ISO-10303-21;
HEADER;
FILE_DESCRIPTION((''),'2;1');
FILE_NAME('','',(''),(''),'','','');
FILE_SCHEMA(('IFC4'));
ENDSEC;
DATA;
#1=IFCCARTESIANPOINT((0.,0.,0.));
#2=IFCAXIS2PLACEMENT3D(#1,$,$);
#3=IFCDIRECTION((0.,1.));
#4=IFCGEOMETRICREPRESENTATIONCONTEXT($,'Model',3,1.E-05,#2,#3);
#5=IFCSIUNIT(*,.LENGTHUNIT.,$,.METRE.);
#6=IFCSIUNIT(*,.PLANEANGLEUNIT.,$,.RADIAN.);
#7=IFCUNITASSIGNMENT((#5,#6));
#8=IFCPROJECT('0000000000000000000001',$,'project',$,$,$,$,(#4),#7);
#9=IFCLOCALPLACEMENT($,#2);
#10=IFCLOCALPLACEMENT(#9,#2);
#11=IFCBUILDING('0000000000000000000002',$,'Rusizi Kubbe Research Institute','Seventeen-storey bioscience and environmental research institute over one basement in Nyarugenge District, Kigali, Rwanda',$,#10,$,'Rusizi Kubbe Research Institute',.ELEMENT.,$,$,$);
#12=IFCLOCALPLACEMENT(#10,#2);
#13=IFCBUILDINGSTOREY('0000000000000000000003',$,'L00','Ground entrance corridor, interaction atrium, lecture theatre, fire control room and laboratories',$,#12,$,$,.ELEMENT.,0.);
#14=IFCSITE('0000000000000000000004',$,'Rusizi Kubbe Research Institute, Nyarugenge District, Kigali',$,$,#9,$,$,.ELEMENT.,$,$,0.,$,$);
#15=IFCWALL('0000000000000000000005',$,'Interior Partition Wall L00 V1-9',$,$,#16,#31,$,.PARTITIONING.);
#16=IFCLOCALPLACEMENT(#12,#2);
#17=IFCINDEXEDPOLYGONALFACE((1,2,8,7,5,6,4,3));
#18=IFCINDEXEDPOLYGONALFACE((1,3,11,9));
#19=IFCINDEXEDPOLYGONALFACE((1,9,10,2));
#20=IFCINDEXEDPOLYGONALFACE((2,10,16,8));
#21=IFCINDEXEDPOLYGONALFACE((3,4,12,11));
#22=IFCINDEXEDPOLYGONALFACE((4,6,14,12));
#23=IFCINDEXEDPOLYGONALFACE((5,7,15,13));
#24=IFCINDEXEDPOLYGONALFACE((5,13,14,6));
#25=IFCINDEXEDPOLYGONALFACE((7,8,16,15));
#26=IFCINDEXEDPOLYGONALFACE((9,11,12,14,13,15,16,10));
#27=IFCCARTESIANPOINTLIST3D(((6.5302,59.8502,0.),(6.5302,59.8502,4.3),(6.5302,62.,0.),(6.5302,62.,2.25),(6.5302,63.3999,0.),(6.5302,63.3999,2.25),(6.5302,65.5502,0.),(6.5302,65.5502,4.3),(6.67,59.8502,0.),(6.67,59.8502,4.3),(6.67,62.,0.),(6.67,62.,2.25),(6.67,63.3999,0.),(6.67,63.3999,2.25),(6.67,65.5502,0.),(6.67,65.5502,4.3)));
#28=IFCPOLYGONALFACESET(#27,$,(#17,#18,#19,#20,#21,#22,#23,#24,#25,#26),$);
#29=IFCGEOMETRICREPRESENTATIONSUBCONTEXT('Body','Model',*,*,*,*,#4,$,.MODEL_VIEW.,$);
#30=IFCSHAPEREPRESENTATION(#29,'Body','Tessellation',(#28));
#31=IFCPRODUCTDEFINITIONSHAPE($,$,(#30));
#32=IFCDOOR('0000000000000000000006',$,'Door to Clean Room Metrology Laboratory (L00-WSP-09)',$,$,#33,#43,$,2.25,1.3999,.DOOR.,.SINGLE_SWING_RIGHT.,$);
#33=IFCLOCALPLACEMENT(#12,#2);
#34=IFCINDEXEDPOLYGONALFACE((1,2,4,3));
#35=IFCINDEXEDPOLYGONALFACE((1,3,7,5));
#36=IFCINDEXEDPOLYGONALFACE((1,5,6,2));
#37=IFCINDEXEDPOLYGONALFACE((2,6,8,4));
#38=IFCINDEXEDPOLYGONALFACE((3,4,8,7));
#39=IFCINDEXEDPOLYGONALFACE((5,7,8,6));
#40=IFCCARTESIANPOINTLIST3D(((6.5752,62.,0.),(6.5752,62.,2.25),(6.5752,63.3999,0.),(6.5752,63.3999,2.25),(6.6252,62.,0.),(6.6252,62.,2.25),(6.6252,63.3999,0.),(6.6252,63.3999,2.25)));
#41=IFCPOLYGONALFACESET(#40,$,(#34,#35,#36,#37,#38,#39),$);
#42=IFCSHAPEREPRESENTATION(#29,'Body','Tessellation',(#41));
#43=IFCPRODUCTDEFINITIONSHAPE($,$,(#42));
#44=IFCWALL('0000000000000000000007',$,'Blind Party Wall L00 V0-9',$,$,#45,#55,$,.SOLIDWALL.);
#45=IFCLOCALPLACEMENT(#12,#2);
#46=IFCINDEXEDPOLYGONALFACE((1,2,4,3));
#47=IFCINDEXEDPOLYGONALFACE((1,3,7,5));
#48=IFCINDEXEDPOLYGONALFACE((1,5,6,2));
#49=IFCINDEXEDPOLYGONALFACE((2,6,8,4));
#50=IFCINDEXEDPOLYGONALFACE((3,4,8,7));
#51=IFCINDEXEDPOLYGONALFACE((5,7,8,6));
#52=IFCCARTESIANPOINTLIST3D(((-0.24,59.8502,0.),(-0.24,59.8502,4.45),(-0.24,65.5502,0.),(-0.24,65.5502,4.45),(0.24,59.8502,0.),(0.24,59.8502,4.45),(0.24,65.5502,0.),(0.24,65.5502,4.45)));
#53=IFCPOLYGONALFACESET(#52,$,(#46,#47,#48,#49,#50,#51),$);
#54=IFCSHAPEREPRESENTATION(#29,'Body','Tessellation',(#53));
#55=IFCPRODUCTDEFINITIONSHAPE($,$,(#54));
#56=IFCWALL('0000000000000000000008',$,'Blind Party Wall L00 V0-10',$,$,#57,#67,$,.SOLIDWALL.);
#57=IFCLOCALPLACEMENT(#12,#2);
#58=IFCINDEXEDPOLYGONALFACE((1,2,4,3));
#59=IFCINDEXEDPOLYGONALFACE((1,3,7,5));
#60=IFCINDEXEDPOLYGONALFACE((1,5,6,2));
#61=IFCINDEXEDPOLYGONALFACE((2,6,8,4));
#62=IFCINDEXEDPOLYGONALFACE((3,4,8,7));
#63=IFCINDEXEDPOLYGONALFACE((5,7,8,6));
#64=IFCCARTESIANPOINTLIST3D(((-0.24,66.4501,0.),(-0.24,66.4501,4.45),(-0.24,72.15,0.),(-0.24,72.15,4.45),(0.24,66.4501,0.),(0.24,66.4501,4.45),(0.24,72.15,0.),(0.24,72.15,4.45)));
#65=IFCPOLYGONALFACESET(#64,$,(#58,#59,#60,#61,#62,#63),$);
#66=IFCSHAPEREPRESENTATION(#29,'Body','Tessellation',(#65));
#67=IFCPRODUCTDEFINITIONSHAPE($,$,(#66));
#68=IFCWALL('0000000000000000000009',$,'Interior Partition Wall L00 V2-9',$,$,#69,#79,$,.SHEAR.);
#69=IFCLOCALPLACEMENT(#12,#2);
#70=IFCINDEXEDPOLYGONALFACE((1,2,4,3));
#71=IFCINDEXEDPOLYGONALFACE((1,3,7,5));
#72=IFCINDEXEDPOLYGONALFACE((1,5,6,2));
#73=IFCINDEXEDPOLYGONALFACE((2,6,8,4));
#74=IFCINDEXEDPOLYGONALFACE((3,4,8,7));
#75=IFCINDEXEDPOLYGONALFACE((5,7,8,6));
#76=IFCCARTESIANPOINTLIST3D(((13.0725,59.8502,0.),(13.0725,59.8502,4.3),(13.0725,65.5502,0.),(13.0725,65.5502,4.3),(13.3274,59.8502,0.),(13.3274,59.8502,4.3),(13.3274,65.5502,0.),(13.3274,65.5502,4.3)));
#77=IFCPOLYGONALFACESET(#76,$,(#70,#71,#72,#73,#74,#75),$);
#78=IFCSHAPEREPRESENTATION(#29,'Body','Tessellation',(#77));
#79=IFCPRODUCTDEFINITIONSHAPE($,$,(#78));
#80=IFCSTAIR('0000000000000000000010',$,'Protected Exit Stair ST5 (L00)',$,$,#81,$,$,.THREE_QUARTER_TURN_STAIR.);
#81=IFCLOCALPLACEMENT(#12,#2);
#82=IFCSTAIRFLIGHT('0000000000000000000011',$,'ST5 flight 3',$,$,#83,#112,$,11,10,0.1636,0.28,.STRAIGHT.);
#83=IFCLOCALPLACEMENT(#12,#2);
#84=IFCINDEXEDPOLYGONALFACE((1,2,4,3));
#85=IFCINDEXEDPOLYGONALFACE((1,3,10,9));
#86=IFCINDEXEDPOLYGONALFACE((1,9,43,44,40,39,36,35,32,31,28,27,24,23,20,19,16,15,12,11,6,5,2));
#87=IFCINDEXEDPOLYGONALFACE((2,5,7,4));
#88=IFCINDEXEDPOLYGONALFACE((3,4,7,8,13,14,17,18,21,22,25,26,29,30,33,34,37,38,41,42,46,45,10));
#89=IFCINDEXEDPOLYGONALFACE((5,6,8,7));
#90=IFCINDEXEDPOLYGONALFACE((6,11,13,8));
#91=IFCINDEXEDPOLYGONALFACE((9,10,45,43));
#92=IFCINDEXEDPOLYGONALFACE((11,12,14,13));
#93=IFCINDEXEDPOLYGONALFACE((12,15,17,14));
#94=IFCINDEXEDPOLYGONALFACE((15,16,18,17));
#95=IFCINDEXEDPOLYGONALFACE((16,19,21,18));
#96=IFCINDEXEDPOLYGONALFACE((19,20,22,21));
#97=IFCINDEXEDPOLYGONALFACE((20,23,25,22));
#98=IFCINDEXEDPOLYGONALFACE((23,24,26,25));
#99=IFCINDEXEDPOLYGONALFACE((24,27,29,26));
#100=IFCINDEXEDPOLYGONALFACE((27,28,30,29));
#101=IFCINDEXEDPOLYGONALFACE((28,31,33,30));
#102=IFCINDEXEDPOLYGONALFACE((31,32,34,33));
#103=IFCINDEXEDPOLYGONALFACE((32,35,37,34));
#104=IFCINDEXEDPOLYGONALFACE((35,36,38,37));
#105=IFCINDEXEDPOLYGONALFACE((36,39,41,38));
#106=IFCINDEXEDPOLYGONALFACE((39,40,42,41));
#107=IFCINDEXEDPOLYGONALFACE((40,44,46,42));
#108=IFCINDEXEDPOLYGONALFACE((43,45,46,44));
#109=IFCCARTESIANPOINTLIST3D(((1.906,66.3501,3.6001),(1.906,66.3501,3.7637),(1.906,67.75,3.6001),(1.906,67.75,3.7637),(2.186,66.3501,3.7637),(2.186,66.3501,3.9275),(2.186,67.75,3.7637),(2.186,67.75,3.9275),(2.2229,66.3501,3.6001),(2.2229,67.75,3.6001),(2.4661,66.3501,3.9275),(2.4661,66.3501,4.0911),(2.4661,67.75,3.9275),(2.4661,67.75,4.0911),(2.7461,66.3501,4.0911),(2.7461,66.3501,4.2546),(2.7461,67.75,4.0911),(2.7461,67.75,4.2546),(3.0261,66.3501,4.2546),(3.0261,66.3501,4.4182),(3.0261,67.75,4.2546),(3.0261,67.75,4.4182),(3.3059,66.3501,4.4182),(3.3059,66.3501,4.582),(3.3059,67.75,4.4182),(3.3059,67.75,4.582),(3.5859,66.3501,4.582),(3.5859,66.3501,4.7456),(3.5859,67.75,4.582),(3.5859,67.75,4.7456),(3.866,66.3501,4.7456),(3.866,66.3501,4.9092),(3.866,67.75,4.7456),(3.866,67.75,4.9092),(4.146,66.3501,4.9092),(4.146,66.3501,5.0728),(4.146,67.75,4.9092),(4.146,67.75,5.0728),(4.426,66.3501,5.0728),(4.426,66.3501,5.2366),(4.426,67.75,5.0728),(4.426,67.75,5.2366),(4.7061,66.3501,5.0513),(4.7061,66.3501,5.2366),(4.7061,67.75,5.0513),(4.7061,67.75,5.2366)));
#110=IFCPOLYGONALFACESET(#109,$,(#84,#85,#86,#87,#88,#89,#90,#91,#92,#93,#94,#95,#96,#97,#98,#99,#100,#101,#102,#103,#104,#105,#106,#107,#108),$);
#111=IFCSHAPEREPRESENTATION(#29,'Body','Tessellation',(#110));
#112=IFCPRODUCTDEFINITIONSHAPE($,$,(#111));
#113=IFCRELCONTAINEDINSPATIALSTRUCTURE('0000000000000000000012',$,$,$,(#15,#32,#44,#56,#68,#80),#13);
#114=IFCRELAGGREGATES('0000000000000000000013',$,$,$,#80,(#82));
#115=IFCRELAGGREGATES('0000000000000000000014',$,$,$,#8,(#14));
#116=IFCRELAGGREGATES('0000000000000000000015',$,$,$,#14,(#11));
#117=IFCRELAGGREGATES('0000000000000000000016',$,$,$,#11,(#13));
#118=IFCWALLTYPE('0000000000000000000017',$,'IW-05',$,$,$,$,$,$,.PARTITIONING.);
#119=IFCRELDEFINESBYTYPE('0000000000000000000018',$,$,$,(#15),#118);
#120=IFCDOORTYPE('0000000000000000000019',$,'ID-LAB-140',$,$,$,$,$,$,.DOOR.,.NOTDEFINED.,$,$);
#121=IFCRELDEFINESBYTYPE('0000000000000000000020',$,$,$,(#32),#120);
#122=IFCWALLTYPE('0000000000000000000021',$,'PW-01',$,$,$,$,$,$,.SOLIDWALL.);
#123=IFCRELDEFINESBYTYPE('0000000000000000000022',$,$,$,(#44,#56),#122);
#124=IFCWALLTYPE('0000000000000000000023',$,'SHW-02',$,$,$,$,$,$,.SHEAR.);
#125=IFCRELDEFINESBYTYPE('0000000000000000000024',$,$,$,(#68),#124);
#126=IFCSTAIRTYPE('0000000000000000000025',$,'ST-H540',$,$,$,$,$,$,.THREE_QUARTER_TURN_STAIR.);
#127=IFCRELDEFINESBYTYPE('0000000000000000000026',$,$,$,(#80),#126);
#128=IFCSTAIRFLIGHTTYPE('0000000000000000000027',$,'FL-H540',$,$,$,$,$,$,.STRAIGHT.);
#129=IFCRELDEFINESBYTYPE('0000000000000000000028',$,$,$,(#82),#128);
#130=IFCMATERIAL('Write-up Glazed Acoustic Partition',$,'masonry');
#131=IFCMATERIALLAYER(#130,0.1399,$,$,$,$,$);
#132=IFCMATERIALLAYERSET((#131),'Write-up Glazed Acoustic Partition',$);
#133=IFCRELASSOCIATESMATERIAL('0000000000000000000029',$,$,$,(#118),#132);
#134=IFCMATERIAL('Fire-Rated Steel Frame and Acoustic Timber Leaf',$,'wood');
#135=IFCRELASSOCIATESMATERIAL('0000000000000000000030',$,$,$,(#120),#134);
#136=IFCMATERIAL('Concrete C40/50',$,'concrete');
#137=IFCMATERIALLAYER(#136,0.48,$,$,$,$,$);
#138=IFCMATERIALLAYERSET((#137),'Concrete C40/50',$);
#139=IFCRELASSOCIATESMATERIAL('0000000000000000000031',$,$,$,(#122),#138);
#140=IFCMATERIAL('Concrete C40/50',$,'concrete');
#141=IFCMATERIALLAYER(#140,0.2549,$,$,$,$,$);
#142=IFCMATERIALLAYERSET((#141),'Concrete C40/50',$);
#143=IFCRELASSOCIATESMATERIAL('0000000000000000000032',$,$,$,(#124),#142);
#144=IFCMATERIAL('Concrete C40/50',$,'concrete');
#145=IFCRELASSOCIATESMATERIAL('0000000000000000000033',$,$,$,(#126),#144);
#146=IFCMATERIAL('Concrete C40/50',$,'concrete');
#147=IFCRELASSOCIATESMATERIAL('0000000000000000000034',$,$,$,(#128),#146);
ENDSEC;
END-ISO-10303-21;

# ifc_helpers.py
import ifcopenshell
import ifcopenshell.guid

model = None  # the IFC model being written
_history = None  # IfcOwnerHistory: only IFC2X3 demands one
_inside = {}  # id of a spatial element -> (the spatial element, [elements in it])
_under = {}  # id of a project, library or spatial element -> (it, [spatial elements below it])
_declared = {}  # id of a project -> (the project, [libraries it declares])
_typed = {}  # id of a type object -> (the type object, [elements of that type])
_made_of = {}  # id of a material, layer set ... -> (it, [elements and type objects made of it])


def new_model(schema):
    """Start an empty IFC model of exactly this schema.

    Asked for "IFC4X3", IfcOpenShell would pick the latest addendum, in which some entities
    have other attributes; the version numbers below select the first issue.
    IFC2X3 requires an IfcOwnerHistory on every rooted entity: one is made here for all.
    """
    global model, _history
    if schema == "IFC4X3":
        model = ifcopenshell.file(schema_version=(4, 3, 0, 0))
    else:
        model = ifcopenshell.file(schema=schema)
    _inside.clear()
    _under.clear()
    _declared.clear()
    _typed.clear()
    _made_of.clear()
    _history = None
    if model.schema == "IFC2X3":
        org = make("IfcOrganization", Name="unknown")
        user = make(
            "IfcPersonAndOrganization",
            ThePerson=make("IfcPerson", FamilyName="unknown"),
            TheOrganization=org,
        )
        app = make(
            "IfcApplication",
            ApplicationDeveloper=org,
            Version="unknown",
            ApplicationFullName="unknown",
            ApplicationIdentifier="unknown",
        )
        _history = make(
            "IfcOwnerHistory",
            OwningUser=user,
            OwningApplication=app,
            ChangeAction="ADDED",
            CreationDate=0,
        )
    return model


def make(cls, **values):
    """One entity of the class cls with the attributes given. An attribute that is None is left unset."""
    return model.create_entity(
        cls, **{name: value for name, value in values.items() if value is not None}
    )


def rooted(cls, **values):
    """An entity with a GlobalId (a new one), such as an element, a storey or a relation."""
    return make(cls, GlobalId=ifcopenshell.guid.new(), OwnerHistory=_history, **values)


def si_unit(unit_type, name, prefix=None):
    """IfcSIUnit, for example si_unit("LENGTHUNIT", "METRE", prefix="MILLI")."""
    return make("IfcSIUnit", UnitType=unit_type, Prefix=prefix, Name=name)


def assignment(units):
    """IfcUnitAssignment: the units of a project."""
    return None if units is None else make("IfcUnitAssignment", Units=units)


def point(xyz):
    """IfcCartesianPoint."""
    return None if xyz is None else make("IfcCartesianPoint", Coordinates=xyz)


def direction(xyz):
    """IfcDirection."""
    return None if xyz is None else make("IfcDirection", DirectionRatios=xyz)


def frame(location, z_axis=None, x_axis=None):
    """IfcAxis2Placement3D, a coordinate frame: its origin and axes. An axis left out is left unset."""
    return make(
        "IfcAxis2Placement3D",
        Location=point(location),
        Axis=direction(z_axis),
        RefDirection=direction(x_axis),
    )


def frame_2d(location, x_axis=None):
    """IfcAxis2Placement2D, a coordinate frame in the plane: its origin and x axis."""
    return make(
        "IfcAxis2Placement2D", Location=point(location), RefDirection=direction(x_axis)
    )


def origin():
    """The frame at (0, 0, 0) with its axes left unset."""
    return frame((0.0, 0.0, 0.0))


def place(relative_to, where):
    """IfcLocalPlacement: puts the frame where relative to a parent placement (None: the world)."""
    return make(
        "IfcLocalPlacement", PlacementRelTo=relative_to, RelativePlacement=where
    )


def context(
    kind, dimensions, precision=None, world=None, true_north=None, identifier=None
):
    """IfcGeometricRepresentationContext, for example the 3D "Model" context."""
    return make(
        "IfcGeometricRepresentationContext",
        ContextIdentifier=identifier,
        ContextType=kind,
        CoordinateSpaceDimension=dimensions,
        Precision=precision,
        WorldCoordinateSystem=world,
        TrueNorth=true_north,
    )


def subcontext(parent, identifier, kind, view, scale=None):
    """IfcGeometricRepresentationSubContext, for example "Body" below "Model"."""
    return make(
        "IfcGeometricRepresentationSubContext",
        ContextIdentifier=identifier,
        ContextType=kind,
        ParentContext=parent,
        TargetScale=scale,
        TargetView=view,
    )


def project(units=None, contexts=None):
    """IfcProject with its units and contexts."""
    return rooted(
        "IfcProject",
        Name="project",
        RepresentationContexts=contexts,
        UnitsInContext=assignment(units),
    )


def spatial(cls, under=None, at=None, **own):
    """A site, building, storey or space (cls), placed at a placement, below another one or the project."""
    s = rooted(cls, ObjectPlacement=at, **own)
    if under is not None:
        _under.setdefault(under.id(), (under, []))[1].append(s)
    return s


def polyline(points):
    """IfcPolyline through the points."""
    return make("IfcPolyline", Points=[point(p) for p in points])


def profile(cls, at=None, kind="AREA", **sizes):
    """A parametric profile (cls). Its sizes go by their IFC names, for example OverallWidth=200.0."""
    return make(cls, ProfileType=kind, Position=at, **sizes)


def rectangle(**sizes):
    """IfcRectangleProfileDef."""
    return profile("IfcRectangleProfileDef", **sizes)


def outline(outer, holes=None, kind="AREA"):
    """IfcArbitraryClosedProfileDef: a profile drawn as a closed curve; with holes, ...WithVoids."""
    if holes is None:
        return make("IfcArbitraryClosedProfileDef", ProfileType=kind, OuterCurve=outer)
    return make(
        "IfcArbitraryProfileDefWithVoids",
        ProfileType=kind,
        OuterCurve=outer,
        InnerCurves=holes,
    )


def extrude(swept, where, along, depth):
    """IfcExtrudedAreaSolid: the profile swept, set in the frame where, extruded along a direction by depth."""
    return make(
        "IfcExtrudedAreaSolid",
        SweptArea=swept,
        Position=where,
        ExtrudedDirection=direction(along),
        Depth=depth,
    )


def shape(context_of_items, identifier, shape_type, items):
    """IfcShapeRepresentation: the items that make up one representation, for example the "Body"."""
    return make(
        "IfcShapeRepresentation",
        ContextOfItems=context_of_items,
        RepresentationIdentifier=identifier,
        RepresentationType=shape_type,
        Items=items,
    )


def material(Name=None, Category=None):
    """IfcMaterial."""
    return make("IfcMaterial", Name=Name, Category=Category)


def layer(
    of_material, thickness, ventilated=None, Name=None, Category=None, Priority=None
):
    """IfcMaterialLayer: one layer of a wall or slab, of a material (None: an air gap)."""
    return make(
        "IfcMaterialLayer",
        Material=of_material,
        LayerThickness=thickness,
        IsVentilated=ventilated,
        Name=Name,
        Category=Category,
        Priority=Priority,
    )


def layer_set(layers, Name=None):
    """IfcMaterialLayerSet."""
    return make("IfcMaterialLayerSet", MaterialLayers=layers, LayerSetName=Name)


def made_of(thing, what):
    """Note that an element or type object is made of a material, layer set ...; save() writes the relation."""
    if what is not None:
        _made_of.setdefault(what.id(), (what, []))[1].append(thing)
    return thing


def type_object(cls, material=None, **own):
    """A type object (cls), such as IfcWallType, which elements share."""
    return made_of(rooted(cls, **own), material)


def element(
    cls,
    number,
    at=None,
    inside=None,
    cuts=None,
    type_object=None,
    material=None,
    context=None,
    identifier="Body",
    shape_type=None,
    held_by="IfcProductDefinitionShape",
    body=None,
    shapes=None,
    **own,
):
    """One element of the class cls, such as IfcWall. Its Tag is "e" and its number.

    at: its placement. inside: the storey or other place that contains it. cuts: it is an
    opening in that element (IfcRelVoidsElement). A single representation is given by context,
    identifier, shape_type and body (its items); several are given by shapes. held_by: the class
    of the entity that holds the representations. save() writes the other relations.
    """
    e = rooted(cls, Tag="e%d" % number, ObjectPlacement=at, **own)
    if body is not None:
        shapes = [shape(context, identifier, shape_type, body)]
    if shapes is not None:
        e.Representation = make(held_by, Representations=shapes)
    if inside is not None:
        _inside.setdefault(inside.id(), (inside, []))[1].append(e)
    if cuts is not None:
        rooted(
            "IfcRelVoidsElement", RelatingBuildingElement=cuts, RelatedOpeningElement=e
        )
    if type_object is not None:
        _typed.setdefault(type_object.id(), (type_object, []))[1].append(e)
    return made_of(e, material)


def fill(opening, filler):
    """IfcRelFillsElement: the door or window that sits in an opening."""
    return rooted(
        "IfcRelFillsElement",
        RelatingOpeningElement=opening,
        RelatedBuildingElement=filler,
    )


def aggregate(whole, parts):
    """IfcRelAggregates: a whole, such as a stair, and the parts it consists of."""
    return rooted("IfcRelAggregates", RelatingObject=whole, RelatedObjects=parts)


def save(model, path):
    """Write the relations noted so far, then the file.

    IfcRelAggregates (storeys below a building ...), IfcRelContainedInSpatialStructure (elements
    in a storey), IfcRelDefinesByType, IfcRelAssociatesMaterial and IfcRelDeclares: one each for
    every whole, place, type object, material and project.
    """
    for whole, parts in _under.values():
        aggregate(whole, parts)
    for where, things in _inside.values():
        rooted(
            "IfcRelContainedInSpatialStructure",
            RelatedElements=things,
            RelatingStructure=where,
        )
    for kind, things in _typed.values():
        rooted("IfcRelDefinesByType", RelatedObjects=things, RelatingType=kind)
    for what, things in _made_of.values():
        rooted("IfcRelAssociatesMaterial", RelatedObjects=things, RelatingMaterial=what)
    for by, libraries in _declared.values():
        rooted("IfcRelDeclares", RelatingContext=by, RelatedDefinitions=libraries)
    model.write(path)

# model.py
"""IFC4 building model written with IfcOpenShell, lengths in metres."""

from ifc_helpers import new_model, si_unit, direction, frame, frame_2d, origin, place, context, subcontext, project, spatial, polyline, rectangle, outline, extrude, material, layer, layer_set, type_object, element, fill, aggregate, save


model = new_model("IFC4")

# Units and contexts
model_context = context("Model", 3, precision=1e-05, world=origin(), true_north=direction((0.0, 1.0)))
body_context = subcontext(model_context, "Body", "Model", "MODEL_VIEW")
ifc_project = project(units=[si_unit("LENGTHUNIT", "METRE"), si_unit("PLANEANGLEUNIT", "RADIAN")], contexts=[model_context])

# Site, building, storey
site_placement = place(None, origin())
site = spatial("IfcSite", under=ifc_project, at=site_placement, Name="Rusizi Kubbe Research Institute, Nyarugenge District, Kigali", CompositionType="ELEMENT", RefElevation=0.0)
building_placement = place(site_placement, origin())
building = spatial("IfcBuilding", under=site, at=building_placement, Name="Rusizi Kubbe Research Institute", Description="Seventeen-storey bioscience and environmental research institute over one basement in Nyarugenge District, Kigali, Rwanda", LongName="Rusizi Kubbe Research Institute", CompositionType="ELEMENT")
storey_placement = place(building_placement, origin())
storey = spatial("IfcBuildingStorey", under=building, at=storey_placement, Name="L00", Description="Ground entrance corridor, interaction atrium, lecture theatre, fire control room and laboratories", CompositionType="ELEMENT", Elevation=0.0)

# Shared definitions
ifc_material_1 = material(Name="Write-up Glazed Acoustic Partition", Category="masonry")
ifc_layer_1 = layer(ifc_material_1, 0.1399)
ifc_layer_set_1 = layer_set([ifc_layer_1], Name="Write-up Glazed Acoustic Partition")
wall_type_1 = type_object("IfcWallType", Name="IW-05", PredefinedType="PARTITIONING", material=ifc_layer_set_1)

# Wall, opening, door
wall_1_placement = place(storey_placement, frame((6.6001, 59.8501, 0.0), z_axis=(0.0, 0.0, 1.0), x_axis=(0.0, 1.0, 0.0)))
wall_1 = element("IfcWall", 1, at=wall_1_placement, inside=storey, type_object=wall_type_1, Name="Interior Partition Wall L00 V1-9", PredefinedType="PARTITIONING", context=body_context, shape_type="SweptSolid", body=[
    extrude(rectangle(XDim=5.7, YDim=0.1399, at=frame_2d((2.8501, 0.0))), origin(), (0.0, 0.0, 1.0), 4.3),
])
opening_1_placement = place(wall_1_placement, frame((2.1499, 0.0, 0.0)))
opening_1 = element("IfcOpeningElement", 2, at=opening_1_placement, cuts=wall_1, PredefinedType="OPENING", context=body_context, shape_type="SweptSolid", body=[
    extrude(rectangle(XDim=1.3999, YDim=2.25, at=frame_2d((0.7, 1.125))), frame((0.0, 0.0798, 0.0), z_axis=(0.0, -1.0, 0.0), x_axis=(1.0, 0.0, 0.0)), (0.0, 0.0, 1.0), 0.1599),
])
ifc_material_2 = material(Name="Fire-Rated Steel Frame and Acoustic Timber Leaf", Category="wood")
door_type_1 = type_object("IfcDoorType", Name="ID-LAB-140", OperationType="NOTDEFINED", PredefinedType="DOOR", material=ifc_material_2)
door_1_placement = place(opening_1_placement, origin())
door_1 = element("IfcDoor", 3, at=door_1_placement, inside=storey, type_object=door_type_1, Name="Door to Clean Room Metrology Laboratory (L00-WSP-09)", OperationType="SINGLE_SWING_RIGHT", OverallHeight=2.25, OverallWidth=1.3999, PredefinedType="DOOR", context=body_context, shape_type="SweptSolid", body=[
    extrude(rectangle(XDim=1.3999, YDim=2.25, at=frame_2d((0.7, 1.125))), frame((0.0, 0.0249, 0.0), z_axis=(0.0, -1.0, 0.0), x_axis=(1.0, 0.0, 0.0)), (0.0, 0.0, 1.0), 0.05),
])
fill(opening_1, door_1)

# Walls
ifc_material_3 = material(Name="Concrete C40/50", Category="concrete")
ifc_layer_2 = layer(ifc_material_3, 0.48)
ifc_layer_set_2 = layer_set([ifc_layer_2], Name="Concrete C40/50")
wall_type_2 = type_object("IfcWallType", Name="PW-01", PredefinedType="SOLIDWALL", material=ifc_layer_set_2)
for number, where, z_axis, x_axis, name in (
    (4, (0.0, 59.8501, 0.0), (0.0, 0.0, 1.0), (0.0, 1.0, 0.0), "Blind Party Wall L00 V0-9"),
    (5, (0.0, 66.45, 0.0), (0.0, 0.0, 1.0), (0.0, 1.0, 0.0), "Blind Party Wall L00 V0-10"),
):
    element("IfcWall", number, at=place(storey_placement, frame(where, z_axis=z_axis, x_axis=x_axis)), inside=storey, type_object=wall_type_2, Name=name, PredefinedType="SOLIDWALL", context=body_context, shape_type="SweptSolid", body=[
        extrude(rectangle(XDim=5.7, YDim=0.48, at=frame_2d((2.8501, 0.0))), origin(), (0.0, 0.0, 1.0), 4.45),
    ])
ifc_material_4 = material(Name="Concrete C40/50", Category="concrete")
ifc_layer_3 = layer(ifc_material_4, 0.2549)
ifc_layer_set_3 = layer_set([ifc_layer_3], Name="Concrete C40/50")
wall_type_3 = type_object("IfcWallType", Name="SHW-02", PredefinedType="SHEAR", material=ifc_layer_set_3)
wall_2_placement = place(storey_placement, frame((13.2, 59.8501, 0.0), z_axis=(0.0, 0.0, 1.0), x_axis=(0.0, 1.0, 0.0)))
element("IfcWall", 6, at=wall_2_placement, inside=storey, type_object=wall_type_3, Name="Interior Partition Wall L00 V2-9", PredefinedType="SHEAR", context=body_context, shape_type="SweptSolid", body=[
    extrude(rectangle(XDim=5.7, YDim=0.2549, at=frame_2d((2.8501, 0.0))), origin(), (0.0, 0.0, 1.0), 4.3),
])

# Stair, stair flight
ifc_material_5 = material(Name="Concrete C40/50", Category="concrete")
stair_type = type_object("IfcStairType", Name="ST-H540", PredefinedType="THREE_QUARTER_TURN_STAIR", material=ifc_material_5)
stair_placement = place(storey_placement, origin())
stair = element("IfcStair", 7, at=stair_placement, inside=storey, type_object=stair_type, Name="Protected Exit Stair ST5 (L00)", PredefinedType="THREE_QUARTER_TURN_STAIR")
ifc_material_6 = material(Name="Concrete C40/50", Category="concrete")
stair_flight_type = type_object("IfcStairFlightType", Name="FL-H540", PredefinedType="STRAIGHT", material=ifc_material_6)
stair_flight_placement = place(storey_placement, frame((1.906, 67.05, 3.6001), z_axis=(0.0, 0.0, 1.0), x_axis=(1.0, 0.0, 0.0)))
stair_flight = element("IfcStairFlight", 8, at=stair_flight_placement, type_object=stair_flight_type, Name="ST5 flight 3", NumberOfRisers=11, NumberOfTreads=10, PredefinedType="STRAIGHT", RiserHeight=0.1636, TreadLength=0.28, context=body_context, shape_type="SweptSolid", body=[
    extrude(outline(polyline([(0.0, 0.0), (0.0, 0.1636), (0.28, 0.1636), (0.28, 0.3274), (0.5601, 0.3274), (0.5601, 0.491), (0.8401, 0.491), (0.8401, 0.6545), (1.1201, 0.6545), (1.1201, 0.8181), (1.3999, 0.8181), (1.3999, 0.9819), (1.6799, 0.9819), (1.6799, 1.1455), (1.96, 1.1455), (1.96, 1.3091), (2.24, 1.3091), (2.24, 1.4727), (2.52, 1.4727), (2.52, 1.6365), (2.8, 1.6365), (2.8, 1.8), (2.8, 1.4512), (0.3169, 0.0), (0.0, 0.0)])), frame((0.0, 0.7, 0.0), z_axis=(0.0, -1.0, 0.0), x_axis=(1.0, 0.0, 0.0)), (0.0, 0.0, 1.0), 1.3999),
])
aggregate(stair, [stair_flight])

save(model, "model.ifc")
